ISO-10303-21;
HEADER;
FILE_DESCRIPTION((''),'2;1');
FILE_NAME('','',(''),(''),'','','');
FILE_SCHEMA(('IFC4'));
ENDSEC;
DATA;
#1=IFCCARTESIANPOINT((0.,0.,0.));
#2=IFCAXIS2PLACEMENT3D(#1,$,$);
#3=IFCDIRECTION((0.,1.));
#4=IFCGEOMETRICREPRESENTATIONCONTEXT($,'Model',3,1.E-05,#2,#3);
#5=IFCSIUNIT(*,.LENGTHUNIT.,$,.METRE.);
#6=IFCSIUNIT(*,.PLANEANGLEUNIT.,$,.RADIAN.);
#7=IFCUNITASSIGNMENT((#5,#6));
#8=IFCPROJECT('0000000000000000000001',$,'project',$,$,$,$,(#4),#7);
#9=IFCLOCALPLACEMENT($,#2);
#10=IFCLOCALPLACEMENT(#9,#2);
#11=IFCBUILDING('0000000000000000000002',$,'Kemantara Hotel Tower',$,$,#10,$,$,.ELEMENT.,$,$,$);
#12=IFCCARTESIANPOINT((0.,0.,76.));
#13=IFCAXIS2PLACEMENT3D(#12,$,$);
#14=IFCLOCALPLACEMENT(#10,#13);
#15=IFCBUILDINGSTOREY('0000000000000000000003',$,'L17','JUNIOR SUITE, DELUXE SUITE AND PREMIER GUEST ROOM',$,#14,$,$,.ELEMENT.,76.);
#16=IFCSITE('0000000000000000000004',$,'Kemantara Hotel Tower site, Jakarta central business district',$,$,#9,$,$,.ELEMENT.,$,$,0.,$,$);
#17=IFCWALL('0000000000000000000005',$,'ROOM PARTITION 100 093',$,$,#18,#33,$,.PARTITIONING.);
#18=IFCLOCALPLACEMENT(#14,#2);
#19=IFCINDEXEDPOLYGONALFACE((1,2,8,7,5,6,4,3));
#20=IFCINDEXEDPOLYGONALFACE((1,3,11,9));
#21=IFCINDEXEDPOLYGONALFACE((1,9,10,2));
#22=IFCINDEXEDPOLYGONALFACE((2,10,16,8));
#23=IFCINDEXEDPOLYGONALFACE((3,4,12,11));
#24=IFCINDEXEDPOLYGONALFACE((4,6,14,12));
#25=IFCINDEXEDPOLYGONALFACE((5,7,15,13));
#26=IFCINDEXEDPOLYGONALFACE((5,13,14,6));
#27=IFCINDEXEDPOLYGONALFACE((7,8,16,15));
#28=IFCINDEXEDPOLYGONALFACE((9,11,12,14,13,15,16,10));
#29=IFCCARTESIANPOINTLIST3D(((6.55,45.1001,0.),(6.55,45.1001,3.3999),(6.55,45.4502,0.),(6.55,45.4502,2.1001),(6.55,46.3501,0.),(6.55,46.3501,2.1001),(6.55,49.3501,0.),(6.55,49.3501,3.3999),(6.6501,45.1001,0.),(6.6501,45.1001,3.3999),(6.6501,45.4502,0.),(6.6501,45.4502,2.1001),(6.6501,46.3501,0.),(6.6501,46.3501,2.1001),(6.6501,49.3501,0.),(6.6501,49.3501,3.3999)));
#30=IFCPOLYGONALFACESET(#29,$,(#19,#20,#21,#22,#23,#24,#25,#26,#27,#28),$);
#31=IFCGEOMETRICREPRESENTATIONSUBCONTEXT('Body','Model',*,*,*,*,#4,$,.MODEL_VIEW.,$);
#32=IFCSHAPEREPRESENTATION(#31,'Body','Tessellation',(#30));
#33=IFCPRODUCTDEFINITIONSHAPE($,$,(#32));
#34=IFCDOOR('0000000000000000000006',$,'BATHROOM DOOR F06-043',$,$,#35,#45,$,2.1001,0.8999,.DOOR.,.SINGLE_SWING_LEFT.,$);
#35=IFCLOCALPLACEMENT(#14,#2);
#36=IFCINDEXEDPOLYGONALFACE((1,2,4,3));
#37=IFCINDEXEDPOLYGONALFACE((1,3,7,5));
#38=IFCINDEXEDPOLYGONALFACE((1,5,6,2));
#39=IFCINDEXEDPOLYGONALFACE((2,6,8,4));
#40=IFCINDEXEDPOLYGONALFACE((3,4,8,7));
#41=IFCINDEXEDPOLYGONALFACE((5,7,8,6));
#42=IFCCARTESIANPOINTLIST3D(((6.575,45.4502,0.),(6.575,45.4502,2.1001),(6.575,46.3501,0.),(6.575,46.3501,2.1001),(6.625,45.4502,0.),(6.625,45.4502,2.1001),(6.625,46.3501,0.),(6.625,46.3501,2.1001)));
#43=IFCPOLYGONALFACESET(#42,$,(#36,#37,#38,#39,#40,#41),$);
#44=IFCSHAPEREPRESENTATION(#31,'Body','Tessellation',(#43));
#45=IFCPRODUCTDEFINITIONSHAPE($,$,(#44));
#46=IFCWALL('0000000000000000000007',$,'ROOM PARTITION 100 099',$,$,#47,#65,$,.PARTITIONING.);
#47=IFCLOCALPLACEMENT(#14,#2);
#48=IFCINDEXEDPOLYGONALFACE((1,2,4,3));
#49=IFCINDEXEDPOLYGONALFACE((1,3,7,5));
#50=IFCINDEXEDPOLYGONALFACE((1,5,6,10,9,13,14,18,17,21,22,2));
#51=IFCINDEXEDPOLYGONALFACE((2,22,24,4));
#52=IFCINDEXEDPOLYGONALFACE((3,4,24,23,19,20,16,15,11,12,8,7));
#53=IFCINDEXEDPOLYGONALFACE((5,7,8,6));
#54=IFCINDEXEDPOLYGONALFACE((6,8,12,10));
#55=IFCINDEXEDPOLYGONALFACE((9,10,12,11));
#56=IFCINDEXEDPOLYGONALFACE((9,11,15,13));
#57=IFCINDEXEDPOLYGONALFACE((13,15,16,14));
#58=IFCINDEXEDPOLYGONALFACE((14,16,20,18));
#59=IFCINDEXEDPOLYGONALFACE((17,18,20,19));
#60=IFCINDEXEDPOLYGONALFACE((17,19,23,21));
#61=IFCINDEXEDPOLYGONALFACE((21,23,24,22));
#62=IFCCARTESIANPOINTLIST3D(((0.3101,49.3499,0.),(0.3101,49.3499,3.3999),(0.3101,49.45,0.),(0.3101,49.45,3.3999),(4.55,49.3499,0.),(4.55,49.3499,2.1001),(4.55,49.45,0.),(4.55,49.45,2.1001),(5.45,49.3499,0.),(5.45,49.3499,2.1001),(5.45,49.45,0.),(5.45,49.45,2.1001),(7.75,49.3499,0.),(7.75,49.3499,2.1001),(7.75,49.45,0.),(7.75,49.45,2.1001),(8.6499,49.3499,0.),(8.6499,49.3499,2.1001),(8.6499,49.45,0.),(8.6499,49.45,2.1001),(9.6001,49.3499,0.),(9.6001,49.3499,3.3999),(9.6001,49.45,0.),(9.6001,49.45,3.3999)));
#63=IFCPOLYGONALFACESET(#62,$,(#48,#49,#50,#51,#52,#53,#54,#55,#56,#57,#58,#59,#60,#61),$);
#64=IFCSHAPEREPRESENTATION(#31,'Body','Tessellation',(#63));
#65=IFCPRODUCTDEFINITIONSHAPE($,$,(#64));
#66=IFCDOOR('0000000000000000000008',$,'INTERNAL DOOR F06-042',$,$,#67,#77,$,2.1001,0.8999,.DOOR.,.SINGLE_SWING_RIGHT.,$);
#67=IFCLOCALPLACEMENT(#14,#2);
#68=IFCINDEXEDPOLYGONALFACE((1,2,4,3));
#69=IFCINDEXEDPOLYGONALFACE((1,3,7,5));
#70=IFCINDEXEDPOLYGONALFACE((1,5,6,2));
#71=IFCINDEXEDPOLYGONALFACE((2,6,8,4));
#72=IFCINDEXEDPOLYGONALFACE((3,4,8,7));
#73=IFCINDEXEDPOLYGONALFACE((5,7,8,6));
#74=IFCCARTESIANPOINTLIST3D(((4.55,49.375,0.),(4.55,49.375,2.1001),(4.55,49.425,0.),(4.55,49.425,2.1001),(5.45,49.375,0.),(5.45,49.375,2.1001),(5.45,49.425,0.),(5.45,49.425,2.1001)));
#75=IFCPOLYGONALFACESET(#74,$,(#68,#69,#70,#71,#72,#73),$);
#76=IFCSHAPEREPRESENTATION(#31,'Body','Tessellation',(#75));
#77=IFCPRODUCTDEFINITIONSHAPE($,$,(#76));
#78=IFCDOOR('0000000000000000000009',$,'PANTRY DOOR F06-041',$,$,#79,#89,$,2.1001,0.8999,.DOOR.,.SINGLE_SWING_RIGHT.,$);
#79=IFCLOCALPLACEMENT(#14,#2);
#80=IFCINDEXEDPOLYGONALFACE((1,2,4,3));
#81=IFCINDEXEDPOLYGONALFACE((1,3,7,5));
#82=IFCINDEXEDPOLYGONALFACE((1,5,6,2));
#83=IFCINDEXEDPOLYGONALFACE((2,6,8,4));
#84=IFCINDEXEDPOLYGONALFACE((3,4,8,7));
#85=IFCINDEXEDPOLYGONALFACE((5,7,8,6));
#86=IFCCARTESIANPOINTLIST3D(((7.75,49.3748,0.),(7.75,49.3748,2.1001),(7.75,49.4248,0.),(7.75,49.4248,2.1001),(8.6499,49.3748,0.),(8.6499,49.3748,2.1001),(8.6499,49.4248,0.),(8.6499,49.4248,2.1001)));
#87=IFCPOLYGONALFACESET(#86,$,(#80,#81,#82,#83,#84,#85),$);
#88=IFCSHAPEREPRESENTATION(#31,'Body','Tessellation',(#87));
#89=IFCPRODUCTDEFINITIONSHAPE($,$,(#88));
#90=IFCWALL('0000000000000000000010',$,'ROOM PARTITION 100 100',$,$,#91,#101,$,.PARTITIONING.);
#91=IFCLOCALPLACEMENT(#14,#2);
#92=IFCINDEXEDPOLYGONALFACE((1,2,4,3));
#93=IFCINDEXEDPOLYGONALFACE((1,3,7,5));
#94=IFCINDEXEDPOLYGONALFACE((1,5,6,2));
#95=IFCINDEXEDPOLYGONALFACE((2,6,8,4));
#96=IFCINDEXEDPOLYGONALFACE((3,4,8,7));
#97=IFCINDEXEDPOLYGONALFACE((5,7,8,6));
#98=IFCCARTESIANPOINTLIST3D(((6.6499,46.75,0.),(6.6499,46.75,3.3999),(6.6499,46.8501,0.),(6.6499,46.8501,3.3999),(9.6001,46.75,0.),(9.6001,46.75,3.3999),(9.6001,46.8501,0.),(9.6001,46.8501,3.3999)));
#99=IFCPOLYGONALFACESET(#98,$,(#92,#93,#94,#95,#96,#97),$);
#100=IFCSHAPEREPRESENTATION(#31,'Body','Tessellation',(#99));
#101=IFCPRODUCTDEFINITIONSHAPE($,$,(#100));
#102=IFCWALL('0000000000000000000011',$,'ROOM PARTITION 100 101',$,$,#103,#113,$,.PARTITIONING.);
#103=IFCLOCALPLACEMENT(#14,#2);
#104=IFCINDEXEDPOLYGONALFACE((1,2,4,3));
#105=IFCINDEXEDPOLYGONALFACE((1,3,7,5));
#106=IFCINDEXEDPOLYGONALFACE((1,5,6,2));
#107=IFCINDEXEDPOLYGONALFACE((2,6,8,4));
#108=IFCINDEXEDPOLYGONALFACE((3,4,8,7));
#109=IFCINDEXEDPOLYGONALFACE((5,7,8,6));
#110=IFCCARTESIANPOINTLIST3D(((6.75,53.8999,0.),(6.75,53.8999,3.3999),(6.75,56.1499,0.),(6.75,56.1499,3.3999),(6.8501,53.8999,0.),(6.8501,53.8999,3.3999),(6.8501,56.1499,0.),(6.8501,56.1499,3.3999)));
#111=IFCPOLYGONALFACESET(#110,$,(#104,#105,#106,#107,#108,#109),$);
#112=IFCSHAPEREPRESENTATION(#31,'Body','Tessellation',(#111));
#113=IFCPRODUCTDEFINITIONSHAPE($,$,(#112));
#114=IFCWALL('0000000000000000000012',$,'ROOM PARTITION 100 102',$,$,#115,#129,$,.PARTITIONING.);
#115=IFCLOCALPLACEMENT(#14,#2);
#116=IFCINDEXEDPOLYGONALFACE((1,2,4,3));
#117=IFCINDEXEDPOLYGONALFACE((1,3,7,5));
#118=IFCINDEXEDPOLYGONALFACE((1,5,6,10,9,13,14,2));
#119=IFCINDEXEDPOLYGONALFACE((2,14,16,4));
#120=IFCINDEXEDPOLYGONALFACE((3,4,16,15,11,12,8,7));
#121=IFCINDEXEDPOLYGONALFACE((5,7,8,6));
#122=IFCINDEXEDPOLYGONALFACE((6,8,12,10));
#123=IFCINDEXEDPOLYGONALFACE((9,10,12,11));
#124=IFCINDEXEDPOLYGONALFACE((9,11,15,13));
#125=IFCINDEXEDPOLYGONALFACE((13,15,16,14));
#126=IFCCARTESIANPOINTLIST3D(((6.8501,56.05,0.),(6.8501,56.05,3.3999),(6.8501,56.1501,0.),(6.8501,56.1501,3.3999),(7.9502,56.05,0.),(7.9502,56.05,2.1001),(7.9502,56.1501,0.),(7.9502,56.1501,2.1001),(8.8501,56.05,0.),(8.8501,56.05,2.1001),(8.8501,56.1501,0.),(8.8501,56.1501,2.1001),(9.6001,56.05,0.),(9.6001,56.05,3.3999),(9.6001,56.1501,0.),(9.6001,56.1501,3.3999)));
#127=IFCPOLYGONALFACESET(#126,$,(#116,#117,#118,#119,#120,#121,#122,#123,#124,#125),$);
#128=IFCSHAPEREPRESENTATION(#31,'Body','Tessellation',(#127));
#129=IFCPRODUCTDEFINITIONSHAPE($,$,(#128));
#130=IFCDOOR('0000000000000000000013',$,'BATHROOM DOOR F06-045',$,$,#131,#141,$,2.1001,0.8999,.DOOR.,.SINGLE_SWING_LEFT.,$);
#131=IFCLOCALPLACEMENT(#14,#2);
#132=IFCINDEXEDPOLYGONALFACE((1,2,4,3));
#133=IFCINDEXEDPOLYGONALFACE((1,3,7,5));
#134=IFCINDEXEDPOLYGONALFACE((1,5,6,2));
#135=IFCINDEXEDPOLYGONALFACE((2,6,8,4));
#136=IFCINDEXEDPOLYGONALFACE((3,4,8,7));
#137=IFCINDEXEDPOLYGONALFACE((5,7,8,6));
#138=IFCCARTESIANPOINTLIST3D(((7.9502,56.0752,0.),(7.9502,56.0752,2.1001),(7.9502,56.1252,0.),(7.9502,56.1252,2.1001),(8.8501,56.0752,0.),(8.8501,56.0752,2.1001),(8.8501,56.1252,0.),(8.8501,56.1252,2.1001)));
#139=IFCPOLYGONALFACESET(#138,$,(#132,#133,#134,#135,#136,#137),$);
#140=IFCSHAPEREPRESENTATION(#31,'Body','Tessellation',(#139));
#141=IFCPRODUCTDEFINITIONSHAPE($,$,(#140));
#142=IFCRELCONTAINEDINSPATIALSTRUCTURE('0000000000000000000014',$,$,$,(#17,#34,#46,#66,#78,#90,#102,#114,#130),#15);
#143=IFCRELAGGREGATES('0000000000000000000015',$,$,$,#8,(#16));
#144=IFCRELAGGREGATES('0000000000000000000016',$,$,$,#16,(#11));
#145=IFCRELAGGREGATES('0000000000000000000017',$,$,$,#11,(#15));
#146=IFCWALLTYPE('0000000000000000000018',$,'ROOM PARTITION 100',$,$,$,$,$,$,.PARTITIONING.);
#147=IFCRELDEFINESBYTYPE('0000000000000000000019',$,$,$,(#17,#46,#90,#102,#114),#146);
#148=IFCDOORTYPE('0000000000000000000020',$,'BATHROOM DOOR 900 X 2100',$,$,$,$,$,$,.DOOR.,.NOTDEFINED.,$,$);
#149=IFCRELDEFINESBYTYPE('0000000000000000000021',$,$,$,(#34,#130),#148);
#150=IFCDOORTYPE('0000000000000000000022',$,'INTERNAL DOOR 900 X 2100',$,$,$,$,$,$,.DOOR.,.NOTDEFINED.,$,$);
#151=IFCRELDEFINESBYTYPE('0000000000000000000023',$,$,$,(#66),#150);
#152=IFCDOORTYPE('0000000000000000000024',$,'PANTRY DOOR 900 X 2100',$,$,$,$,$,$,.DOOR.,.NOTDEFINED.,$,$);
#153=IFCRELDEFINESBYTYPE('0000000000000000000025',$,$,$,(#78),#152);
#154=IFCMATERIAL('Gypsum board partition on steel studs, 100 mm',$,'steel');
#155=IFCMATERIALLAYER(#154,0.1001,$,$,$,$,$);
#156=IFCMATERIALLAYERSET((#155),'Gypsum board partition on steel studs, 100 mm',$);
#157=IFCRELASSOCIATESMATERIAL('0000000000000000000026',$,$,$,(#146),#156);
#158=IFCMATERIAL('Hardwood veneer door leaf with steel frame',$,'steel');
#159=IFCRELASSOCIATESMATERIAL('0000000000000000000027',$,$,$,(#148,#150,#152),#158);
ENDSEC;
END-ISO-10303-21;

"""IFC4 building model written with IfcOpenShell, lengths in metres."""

from ifc_helpers import new_model, si_unit, direction, frame, frame_2d, origin, place, context, subcontext, project, spatial, rectangle, extrude, material, layer, layer_set, type_object, element, fill, save


model = new_model("IFC4")

# Units and contexts
model_context = context("Model", 3, precision=1e-05, world=origin(), true_north=direction((0.0, 1.0)))
body_context = subcontext(model_context, "Body", "Model", "MODEL_VIEW")
ifc_project = project(units=[si_unit("LENGTHUNIT", "METRE"), si_unit("PLANEANGLEUNIT", "RADIAN")], contexts=[model_context])

# Site, building, storey
site_placement = place(None, origin())
site = spatial("IfcSite", under=ifc_project, at=site_placement, Name="Kemantara Hotel Tower site, Jakarta central business district", CompositionType="ELEMENT", RefElevation=0.0)
building_placement = place(site_placement, origin())
building = spatial("IfcBuilding", under=site, at=building_placement, Name="Kemantara Hotel Tower", CompositionType="ELEMENT")
storey_placement = place(building_placement, frame((0.0, 0.0, 76.0)))
storey = spatial("IfcBuildingStorey", under=building, at=storey_placement, Name="L17", Description="JUNIOR SUITE, DELUXE SUITE AND PREMIER GUEST ROOM", CompositionType="ELEMENT", Elevation=76.0)

# Shared definitions
ifc_material_1 = material(Name="Hardwood veneer door leaf with steel frame", Category="steel")

# Wall, opening, door
ifc_material_2 = material(Name="Gypsum board partition on steel studs, 100 mm", Category="steel")
ifc_layer_1 = layer(ifc_material_2, 0.1001)
ifc_layer_set_1 = layer_set([ifc_layer_1], Name="Gypsum board partition on steel studs, 100 mm")
wall_type_1 = type_object("IfcWallType", Name="ROOM PARTITION 100", PredefinedType="PARTITIONING", material=ifc_layer_set_1)
wall_1_placement = place(storey_placement, frame((6.6001, 49.3501, 0.0), z_axis=(0.0, 0.0, 1.0), x_axis=(0.0, -1.0, 0.0)))
wall_1 = element("IfcWall", 1, at=wall_1_placement, inside=storey, type_object=wall_type_1, Name="ROOM PARTITION 100 093", PredefinedType="PARTITIONING", context=body_context, shape_type="SweptSolid", body=[
    extrude(rectangle(XDim=4.25, YDim=0.1001, at=frame_2d((2.125, 0.0))), origin(), (0.0, 0.0, 1.0), 3.3999),
])
opening_1_placement = place(wall_1_placement, frame((3.0, 0.0, 0.0)))
opening_1 = element("IfcOpeningElement", 2, at=opening_1_placement, cuts=wall_1, PredefinedType="OPENING", context=body_context, shape_type="SweptSolid", body=[
    extrude(rectangle(XDim=0.8999, YDim=2.1001, at=frame_2d((0.45, 1.05))), frame((0.0, 0.0601, 0.0), z_axis=(0.0, -1.0, 0.0), x_axis=(1.0, 0.0, 0.0)), (0.0, 0.0, 1.0), 0.1201),
])
door_type_1 = type_object("IfcDoorType", Name="BATHROOM DOOR 900 X 2100", OperationType="NOTDEFINED", PredefinedType="DOOR", material=ifc_material_1)
door_1_placement = place(opening_1_placement, origin())
door_1 = element("IfcDoor", 3, at=door_1_placement, inside=storey, type_object=door_type_1, Name="BATHROOM DOOR F06-043", OperationType="SINGLE_SWING_LEFT", OverallHeight=2.1001, OverallWidth=0.8999, PredefinedType="DOOR", context=body_context, shape_type="SweptSolid", body=[
    extrude(rectangle(XDim=0.8999, YDim=2.1001, at=frame_2d((0.45, 1.05))), frame((0.0, 0.0249, 0.0), z_axis=(0.0, -1.0, 0.0), x_axis=(1.0, 0.0, 0.0)), (0.0, 0.0, 1.0), 0.05),
])
fill(opening_1, door_1)

# Wall, openings, doors
wall_2_placement = place(storey_placement, frame((0.3101, 49.3999, 0.0), z_axis=(0.0, 0.0, 1.0), x_axis=(1.0, 0.0, 0.0)))
wall_2 = element("IfcWall", 4, at=wall_2_placement, inside=storey, type_object=wall_type_1, Name="ROOM PARTITION 100 099", PredefinedType="PARTITIONING", context=body_context, shape_type="SweptSolid", body=[
    extrude(rectangle(XDim=9.29, YDim=0.1001, at=frame_2d((4.645, 0.0))), origin(), (0.0, 0.0, 1.0), 3.3999),
])
opening_2_placement = place(wall_2_placement, frame((7.4399, 0.0, 0.0)))
opening_2 = element("IfcOpeningElement", 5, at=opening_2_placement, cuts=wall_2, PredefinedType="OPENING", context=body_context, shape_type="SweptSolid", body=[
    extrude(rectangle(XDim=0.8999, YDim=2.1001, at=frame_2d((0.45, 1.05))), frame((0.0, 0.0601, 0.0), z_axis=(0.0, -1.0, 0.0), x_axis=(1.0, 0.0, 0.0)), (0.0, 0.0, 1.0), 0.1201),
])
opening_3_placement = place(wall_2_placement, frame((4.24, 0.0, 0.0)))
opening_3 = element("IfcOpeningElement", 6, at=opening_3_placement, cuts=wall_2, PredefinedType="OPENING", context=body_context, shape_type="SweptSolid", body=[
    extrude(rectangle(XDim=0.8999, YDim=2.1001, at=frame_2d((0.45, 1.05))), frame((0.0, 0.0601, 0.0), z_axis=(0.0, -1.0, 0.0), x_axis=(1.0, 0.0, 0.0)), (0.0, 0.0, 1.0), 0.1201),
])
door_type_2 = type_object("IfcDoorType", Name="INTERNAL DOOR 900 X 2100", OperationType="NOTDEFINED", PredefinedType="DOOR", material=ifc_material_1)
door_2_placement = place(opening_3_placement, frame((0.8999, 0.0, 0.0), z_axis=(0.0, 0.0, 1.0), x_axis=(-1.0, 0.0, 0.0)))
door_2 = element("IfcDoor", 7, at=door_2_placement, inside=storey, type_object=door_type_2, Name="INTERNAL DOOR F06-042", OperationType="SINGLE_SWING_RIGHT", OverallHeight=2.1001, OverallWidth=0.8999, PredefinedType="DOOR", context=body_context, shape_type="SweptSolid", body=[
    extrude(rectangle(XDim=0.8999, YDim=2.1001, at=frame_2d((0.45, 1.05))), frame((0.0, 0.0249, 0.0), z_axis=(0.0, -1.0, 0.0), x_axis=(1.0, 0.0, 0.0)), (0.0, 0.0, 1.0), 0.05),
])
fill(opening_3, door_2)
door_type_3 = type_object("IfcDoorType", Name="PANTRY DOOR 900 X 2100", OperationType="NOTDEFINED", PredefinedType="DOOR", material=ifc_material_1)
door_3_placement = place(opening_2_placement, origin())
door_3 = element("IfcDoor", 8, at=door_3_placement, inside=storey, type_object=door_type_3, Name="PANTRY DOOR F06-041", OperationType="SINGLE_SWING_RIGHT", OverallHeight=2.1001, OverallWidth=0.8999, PredefinedType="DOOR", context=body_context, shape_type="SweptSolid", body=[
    extrude(rectangle(XDim=0.8999, YDim=2.1001, at=frame_2d((0.45, 1.05))), frame((0.0, 0.0249, 0.0), z_axis=(0.0, -1.0, 0.0), x_axis=(1.0, 0.0, 0.0)), (0.0, 0.0, 1.0), 0.05),
])
fill(opening_2, door_3)

# Walls
wall_3_placement = place(storey_placement, frame((6.6499, 46.8, 0.0), z_axis=(0.0, 0.0, 1.0), x_axis=(1.0, 0.0, 0.0)))
element("IfcWall", 9, at=wall_3_placement, inside=storey, type_object=wall_type_1, Name="ROOM PARTITION 100 100", PredefinedType="PARTITIONING", context=body_context, shape_type="SweptSolid", body=[
    extrude(rectangle(XDim=2.9502, YDim=0.1001, at=frame_2d((1.4751, 0.0))), origin(), (0.0, 0.0, 1.0), 3.3999),
])
wall_4_placement = place(storey_placement, frame((6.8, 53.8999, 0.0), z_axis=(0.0, 0.0, 1.0), x_axis=(0.0, 1.0, 0.0)))
element("IfcWall", 10, at=wall_4_placement, inside=storey, type_object=wall_type_1, Name="ROOM PARTITION 100 101", PredefinedType="PARTITIONING", context=body_context, shape_type="SweptSolid", body=[
    extrude(rectangle(XDim=2.25, YDim=0.1001, at=frame_2d((1.125, 0.0))), origin(), (0.0, 0.0, 1.0), 3.3999),
])

# Wall, opening, door
wall_5_placement = place(storey_placement, frame((9.6001, 56.1001, 0.0), z_axis=(0.0, 0.0, 1.0), x_axis=(-1.0, 0.0, 0.0)))
wall_5 = element("IfcWall", 11, at=wall_5_placement, inside=storey, type_object=wall_type_1, Name="ROOM PARTITION 100 102", PredefinedType="PARTITIONING", context=body_context, shape_type="SweptSolid", body=[
    extrude(rectangle(XDim=2.75, YDim=0.1001, at=frame_2d((1.375, 0.0))), origin(), (0.0, 0.0, 1.0), 3.3999),
])
opening_4_placement = place(wall_5_placement, frame((0.75, 0.0, 0.0)))
opening_4 = element("IfcOpeningElement", 12, at=opening_4_placement, cuts=wall_5, PredefinedType="OPENING", context=body_context, shape_type="SweptSolid", body=[
    extrude(rectangle(XDim=0.8999, YDim=2.1001, at=frame_2d((0.45, 1.05))), frame((0.0, 0.0601, 0.0), z_axis=(0.0, -1.0, 0.0), x_axis=(1.0, 0.0, 0.0)), (0.0, 0.0, 1.0), 0.1201),
])
door_4_placement = place(opening_4_placement, origin())
door_4 = element("IfcDoor", 13, at=door_4_placement, inside=storey, type_object=door_type_1, Name="BATHROOM DOOR F06-045", OperationType="SINGLE_SWING_LEFT", OverallHeight=2.1001, OverallWidth=0.8999, PredefinedType="DOOR", context=body_context, shape_type="SweptSolid", body=[
    extrude(rectangle(XDim=0.8999, YDim=2.1001, at=frame_2d((0.45, 1.05))), frame((0.0, 0.0249, 0.0), z_axis=(0.0, -1.0, 0.0), x_axis=(1.0, 0.0, 0.0)), (0.0, 0.0, 1.0), 0.05),
])
fill(opening_4, door_4)

save(model, "model.ifc")
